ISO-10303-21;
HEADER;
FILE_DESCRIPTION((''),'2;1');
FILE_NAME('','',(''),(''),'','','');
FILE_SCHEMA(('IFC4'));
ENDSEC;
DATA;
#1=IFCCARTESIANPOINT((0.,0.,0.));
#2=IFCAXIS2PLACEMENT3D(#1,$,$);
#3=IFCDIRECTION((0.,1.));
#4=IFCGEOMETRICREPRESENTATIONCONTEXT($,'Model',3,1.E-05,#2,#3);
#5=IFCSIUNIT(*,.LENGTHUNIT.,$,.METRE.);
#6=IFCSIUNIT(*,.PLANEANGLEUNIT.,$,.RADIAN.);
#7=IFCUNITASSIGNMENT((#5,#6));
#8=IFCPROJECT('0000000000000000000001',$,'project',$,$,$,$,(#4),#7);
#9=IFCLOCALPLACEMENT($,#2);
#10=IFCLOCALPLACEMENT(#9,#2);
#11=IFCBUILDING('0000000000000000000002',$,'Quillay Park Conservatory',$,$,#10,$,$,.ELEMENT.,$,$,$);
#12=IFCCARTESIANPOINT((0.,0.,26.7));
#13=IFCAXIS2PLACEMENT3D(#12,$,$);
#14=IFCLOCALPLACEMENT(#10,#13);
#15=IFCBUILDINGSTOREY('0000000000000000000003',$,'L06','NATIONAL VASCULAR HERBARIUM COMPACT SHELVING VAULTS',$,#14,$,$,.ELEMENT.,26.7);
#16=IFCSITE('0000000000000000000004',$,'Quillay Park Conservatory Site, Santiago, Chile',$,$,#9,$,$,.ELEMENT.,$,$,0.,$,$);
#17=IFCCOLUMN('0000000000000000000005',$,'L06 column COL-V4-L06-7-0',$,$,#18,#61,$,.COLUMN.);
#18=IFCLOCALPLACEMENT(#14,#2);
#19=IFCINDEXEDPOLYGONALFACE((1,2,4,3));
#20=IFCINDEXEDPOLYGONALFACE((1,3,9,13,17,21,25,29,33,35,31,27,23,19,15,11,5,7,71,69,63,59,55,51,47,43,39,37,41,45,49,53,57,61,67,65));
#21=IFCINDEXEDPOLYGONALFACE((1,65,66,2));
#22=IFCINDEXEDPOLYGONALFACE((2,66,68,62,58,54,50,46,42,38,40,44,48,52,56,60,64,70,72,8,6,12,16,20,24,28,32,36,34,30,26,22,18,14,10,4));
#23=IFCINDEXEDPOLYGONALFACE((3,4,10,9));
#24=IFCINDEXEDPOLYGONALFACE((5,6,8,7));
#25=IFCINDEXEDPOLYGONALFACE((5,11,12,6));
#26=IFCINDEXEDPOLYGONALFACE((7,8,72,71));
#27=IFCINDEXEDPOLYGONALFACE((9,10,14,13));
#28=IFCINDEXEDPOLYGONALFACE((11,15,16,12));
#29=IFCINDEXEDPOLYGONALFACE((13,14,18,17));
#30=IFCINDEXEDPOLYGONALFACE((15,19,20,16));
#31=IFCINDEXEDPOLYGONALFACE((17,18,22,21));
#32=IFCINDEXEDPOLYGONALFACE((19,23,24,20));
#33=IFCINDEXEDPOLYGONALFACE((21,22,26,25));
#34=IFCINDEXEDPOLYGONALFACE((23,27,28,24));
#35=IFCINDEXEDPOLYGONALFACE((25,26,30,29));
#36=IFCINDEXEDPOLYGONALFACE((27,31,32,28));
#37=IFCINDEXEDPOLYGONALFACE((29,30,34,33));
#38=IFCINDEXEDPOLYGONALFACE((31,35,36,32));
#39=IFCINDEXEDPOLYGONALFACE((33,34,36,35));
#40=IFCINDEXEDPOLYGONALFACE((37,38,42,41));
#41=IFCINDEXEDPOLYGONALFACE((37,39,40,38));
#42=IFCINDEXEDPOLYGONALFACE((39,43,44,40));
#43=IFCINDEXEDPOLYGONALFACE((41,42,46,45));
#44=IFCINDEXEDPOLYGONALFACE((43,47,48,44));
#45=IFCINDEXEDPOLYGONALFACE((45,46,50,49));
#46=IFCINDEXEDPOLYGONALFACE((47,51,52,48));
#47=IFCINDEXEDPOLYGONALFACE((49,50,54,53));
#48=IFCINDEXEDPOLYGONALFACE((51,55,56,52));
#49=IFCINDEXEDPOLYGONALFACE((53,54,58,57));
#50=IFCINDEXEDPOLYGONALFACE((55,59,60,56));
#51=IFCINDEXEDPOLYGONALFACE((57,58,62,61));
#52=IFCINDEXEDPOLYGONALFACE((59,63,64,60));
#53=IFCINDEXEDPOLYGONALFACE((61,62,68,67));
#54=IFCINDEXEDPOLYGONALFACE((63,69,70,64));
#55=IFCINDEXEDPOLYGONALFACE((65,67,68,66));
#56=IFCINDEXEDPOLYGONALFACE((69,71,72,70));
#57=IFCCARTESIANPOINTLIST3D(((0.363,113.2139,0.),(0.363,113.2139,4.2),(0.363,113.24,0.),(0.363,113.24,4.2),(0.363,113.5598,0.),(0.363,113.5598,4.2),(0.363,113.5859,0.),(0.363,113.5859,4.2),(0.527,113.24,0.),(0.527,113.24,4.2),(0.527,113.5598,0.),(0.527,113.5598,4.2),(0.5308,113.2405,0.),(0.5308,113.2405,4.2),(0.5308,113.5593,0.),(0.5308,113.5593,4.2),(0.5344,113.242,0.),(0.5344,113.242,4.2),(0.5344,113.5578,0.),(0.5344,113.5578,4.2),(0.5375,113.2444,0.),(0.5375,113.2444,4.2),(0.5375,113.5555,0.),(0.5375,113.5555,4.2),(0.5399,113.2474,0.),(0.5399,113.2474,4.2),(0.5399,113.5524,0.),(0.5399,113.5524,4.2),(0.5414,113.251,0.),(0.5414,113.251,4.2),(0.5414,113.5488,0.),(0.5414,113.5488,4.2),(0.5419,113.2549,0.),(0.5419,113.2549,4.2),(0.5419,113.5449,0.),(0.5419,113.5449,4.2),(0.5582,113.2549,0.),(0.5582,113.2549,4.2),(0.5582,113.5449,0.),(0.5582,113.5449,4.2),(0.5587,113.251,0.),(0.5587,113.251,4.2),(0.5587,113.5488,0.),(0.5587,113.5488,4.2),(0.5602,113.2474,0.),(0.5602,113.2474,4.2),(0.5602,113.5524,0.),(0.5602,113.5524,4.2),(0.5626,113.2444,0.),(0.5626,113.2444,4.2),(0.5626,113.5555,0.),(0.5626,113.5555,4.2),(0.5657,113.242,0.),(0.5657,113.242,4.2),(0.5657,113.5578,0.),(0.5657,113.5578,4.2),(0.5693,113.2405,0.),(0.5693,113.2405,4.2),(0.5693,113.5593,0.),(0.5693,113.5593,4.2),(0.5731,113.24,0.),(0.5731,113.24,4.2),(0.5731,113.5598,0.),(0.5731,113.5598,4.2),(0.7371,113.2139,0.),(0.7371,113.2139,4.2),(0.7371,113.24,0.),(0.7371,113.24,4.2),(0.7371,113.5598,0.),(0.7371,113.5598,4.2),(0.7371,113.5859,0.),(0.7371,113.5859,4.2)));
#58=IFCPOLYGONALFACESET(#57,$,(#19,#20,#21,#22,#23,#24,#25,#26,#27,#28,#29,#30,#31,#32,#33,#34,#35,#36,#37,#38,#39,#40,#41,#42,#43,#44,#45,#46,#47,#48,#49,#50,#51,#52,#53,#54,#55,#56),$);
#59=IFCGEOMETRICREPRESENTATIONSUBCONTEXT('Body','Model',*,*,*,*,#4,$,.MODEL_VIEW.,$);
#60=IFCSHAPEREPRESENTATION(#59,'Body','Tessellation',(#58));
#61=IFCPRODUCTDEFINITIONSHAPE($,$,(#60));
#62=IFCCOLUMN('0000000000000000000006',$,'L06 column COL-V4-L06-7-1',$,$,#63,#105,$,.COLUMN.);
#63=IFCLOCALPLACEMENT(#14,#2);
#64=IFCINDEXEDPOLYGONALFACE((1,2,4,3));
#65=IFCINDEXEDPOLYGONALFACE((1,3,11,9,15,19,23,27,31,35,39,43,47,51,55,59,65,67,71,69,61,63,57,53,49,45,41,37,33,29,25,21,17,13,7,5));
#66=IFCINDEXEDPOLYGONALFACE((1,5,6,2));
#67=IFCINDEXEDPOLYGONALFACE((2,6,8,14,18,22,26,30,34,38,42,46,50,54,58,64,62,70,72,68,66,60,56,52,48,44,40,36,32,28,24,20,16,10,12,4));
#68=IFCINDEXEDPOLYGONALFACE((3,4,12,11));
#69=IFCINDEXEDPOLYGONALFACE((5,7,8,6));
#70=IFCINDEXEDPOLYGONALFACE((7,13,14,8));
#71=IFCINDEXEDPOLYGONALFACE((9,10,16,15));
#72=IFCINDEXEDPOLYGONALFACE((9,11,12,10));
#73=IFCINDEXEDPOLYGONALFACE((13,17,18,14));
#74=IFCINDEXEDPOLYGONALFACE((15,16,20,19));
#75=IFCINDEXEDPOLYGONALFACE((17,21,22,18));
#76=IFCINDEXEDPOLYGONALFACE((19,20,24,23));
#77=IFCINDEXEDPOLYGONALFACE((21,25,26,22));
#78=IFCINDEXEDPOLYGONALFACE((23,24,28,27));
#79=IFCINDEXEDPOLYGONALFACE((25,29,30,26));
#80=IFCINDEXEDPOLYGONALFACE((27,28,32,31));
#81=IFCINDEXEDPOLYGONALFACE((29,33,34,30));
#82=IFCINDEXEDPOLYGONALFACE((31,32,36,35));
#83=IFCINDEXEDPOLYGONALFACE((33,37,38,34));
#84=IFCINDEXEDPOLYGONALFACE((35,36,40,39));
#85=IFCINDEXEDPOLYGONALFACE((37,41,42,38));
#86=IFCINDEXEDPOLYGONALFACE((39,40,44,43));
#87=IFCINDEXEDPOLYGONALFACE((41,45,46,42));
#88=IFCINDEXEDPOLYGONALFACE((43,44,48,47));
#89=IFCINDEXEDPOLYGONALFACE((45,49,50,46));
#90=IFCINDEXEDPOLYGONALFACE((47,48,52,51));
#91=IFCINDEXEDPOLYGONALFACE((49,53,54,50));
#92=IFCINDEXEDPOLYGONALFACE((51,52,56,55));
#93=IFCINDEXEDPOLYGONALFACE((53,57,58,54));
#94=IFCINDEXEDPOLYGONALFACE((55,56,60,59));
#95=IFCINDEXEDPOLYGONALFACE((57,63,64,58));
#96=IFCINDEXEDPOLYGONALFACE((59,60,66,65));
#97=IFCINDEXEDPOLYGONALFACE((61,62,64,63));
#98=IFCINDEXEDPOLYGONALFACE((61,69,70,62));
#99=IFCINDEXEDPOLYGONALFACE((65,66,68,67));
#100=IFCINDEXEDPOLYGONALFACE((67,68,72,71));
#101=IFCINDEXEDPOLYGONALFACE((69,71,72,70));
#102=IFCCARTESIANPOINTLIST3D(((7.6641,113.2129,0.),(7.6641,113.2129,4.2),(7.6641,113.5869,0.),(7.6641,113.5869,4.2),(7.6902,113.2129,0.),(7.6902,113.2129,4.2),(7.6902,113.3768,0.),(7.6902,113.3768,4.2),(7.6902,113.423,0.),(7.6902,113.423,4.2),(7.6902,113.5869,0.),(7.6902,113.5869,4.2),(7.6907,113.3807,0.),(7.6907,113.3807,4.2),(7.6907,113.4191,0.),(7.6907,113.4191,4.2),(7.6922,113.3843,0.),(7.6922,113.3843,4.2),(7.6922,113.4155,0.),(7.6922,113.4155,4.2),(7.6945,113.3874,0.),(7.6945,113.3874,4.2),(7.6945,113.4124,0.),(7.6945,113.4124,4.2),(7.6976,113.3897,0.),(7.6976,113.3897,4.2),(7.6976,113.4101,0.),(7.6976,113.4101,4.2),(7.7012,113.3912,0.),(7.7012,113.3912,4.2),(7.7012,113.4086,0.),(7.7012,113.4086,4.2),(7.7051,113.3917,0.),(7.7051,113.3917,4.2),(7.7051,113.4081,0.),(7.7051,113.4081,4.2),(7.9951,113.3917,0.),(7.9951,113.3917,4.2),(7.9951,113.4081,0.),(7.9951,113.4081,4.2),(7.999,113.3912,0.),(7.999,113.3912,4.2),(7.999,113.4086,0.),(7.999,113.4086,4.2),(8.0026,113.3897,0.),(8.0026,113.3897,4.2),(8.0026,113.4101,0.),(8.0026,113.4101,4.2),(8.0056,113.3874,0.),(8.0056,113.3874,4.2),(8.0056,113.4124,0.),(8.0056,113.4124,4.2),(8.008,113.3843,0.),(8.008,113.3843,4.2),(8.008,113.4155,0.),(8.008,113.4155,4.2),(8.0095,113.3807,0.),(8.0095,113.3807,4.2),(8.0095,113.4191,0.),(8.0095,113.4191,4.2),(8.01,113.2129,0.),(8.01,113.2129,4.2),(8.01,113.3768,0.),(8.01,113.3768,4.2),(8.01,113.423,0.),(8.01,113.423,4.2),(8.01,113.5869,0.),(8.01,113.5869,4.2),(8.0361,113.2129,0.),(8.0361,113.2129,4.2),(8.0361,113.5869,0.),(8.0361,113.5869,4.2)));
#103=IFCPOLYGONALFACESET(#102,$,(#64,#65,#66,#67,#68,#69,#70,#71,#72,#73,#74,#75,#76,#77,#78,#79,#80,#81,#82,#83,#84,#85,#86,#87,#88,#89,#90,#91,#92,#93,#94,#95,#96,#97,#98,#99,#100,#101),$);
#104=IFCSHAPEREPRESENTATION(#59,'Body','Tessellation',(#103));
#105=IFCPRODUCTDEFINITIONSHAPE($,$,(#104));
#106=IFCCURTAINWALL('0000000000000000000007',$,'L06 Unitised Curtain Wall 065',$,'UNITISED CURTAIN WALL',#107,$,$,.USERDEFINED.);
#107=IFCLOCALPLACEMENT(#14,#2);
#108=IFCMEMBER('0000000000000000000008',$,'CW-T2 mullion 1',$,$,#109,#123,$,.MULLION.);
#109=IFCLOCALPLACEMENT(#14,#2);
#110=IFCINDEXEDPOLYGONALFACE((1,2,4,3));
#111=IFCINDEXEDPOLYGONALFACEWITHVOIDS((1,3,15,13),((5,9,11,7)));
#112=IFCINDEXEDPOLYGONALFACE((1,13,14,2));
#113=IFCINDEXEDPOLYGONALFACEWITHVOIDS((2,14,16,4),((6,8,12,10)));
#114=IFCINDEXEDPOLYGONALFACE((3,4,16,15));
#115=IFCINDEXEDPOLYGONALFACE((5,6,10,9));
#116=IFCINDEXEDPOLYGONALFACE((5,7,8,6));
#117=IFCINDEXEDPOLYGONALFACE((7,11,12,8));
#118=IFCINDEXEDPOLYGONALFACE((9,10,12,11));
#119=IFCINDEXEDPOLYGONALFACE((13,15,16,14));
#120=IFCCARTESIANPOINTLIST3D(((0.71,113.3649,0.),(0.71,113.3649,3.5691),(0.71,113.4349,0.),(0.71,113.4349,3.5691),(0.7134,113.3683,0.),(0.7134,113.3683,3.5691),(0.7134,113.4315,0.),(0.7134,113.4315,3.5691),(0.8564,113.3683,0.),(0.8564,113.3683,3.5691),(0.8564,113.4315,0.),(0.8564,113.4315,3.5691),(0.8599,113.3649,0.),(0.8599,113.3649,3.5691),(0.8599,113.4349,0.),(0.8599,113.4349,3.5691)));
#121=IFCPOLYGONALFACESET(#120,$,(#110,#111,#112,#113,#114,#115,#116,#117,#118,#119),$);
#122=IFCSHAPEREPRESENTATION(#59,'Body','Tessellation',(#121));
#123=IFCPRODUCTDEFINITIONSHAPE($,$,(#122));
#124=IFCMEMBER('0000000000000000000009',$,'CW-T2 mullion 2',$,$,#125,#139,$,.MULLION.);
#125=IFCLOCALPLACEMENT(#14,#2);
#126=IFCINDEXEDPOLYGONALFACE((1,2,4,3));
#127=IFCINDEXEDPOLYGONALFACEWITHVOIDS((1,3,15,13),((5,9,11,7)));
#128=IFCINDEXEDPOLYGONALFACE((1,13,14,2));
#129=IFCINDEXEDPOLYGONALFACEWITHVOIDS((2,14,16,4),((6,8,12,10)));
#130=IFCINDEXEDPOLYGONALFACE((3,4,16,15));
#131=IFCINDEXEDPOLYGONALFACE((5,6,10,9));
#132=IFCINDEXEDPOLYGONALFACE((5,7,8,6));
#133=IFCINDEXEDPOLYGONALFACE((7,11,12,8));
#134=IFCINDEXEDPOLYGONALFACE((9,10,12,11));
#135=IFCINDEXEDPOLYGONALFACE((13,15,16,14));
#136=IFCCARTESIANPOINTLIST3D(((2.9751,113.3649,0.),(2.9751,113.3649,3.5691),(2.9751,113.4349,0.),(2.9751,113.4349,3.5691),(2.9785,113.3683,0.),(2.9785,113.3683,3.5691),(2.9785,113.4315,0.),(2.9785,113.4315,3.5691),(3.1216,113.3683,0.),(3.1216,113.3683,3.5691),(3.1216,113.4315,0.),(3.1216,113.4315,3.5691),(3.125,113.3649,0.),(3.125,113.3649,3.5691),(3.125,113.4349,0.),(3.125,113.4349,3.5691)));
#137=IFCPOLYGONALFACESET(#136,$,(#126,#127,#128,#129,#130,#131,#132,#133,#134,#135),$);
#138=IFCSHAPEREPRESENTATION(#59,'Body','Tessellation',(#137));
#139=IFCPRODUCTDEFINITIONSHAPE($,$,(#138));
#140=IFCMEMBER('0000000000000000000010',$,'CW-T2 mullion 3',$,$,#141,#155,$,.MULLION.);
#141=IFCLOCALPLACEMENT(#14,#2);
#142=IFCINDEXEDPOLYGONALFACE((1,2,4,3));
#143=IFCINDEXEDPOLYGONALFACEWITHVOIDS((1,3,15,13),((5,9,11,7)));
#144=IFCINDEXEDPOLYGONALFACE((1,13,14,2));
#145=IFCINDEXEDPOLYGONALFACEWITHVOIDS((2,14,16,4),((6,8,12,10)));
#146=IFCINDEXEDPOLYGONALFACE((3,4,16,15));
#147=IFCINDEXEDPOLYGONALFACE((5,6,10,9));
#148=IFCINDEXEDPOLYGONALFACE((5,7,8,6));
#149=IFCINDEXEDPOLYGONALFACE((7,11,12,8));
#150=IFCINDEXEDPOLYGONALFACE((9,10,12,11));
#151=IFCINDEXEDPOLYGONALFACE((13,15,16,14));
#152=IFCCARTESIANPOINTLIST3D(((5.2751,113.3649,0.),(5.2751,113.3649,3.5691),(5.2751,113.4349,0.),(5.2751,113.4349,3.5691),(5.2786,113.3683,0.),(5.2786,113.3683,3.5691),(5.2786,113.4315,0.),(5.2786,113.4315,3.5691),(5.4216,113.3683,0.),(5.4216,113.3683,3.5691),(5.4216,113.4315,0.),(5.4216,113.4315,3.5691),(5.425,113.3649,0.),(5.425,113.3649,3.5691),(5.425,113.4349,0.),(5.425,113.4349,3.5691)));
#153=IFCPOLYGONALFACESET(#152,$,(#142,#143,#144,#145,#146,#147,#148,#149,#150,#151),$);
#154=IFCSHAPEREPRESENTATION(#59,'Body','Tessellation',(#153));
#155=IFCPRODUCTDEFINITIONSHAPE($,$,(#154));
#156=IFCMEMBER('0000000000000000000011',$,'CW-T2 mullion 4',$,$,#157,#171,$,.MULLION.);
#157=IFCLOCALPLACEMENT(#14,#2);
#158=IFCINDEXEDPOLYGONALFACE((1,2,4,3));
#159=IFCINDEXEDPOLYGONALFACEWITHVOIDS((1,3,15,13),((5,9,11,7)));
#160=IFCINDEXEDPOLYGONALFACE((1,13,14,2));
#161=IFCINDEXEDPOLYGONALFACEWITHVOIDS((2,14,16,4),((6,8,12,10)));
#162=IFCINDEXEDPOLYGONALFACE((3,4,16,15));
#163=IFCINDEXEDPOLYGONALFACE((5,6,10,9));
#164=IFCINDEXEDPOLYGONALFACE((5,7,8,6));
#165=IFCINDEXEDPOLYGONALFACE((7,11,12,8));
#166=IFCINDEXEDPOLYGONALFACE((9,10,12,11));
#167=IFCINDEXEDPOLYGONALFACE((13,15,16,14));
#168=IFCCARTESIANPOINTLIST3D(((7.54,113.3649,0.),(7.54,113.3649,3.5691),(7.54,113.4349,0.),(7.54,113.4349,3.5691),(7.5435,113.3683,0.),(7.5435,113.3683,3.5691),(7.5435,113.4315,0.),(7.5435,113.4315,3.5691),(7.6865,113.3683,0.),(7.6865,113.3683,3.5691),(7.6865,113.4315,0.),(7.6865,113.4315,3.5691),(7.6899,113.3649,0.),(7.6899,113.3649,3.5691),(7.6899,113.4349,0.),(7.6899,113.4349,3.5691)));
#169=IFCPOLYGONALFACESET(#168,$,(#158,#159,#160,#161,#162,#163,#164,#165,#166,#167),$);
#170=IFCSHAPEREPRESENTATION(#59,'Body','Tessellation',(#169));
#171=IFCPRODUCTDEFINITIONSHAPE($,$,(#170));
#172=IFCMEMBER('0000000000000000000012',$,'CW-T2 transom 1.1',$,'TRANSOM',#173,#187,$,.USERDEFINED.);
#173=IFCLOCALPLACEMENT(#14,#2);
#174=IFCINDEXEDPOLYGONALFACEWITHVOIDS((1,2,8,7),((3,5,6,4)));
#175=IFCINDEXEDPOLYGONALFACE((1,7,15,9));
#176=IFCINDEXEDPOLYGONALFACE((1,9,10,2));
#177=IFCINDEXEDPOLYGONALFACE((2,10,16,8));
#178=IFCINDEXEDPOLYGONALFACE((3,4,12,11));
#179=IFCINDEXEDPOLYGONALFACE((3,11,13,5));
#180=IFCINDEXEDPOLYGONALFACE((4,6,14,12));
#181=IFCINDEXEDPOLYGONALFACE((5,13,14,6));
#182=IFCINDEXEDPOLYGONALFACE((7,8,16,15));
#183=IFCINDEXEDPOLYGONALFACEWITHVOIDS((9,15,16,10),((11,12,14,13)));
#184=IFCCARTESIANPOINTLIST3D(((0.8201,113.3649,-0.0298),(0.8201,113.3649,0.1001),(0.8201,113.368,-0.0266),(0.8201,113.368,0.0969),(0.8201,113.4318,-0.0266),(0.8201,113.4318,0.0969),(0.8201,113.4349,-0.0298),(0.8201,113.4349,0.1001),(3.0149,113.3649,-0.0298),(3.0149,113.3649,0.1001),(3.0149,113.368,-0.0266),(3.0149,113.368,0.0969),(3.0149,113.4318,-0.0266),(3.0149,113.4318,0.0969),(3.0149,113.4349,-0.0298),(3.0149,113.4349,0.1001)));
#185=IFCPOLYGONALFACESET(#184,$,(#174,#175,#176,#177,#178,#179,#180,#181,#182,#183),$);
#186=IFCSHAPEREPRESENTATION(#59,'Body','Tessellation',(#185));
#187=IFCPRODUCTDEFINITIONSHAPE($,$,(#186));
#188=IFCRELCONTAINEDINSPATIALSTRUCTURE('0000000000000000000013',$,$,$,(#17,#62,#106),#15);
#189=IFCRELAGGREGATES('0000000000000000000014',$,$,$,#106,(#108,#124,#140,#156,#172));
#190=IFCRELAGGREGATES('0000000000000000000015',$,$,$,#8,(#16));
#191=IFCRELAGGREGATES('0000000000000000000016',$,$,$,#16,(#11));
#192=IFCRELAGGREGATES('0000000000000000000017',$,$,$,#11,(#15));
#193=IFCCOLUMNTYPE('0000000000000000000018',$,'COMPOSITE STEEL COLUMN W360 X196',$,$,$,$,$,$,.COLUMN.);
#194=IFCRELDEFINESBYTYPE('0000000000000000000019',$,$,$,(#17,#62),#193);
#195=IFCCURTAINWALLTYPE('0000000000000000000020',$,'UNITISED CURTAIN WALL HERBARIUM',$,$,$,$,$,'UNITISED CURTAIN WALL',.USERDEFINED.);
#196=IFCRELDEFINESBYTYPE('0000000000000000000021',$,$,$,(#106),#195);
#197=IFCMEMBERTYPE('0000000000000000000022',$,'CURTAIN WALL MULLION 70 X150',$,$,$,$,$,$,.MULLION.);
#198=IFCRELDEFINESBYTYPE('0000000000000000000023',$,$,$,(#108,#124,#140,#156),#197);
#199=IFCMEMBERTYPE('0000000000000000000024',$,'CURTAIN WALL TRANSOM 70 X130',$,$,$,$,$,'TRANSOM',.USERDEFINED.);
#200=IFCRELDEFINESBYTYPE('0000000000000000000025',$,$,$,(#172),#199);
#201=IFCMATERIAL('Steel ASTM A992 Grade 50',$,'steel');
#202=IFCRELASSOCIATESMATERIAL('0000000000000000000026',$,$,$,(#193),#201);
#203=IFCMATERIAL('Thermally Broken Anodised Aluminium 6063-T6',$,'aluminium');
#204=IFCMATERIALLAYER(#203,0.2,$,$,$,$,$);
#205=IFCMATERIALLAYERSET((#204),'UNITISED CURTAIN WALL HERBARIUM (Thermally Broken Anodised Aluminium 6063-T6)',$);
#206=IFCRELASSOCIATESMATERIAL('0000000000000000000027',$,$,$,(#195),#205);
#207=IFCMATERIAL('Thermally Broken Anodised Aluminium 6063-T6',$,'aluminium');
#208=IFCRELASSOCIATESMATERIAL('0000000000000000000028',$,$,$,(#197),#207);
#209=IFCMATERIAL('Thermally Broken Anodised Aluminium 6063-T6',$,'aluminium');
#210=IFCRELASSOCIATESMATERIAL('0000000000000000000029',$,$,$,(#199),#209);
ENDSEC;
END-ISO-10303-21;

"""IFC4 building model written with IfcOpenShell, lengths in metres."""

from ifc_helpers import new_model, si_unit, direction, frame, origin, origin_2d, place, context, subcontext, project, spatial, hollow_rectangle, i_section, extrude, material, layer, layer_set, material_profile, profile_set, type_object, element, aggregate, save


model = new_model("IFC4")

# Units and contexts
model_context = context("Model", 3, precision=1e-05, world=origin(), true_north=direction((0.0, 1.0)))
body_context = subcontext(model_context, "Body", "Model", "MODEL_VIEW")
ifc_project = project(units=[si_unit("LENGTHUNIT", "METRE"), si_unit("PLANEANGLEUNIT", "RADIAN")], contexts=[model_context])

# Site, building, storey
site_placement = place(None, origin())
site = spatial("IfcSite", under=ifc_project, at=site_placement, Name="Quillay Park Conservatory Site, Santiago, Chile", CompositionType="ELEMENT", RefElevation=0.0)
building_placement = place(site_placement, origin())
building = spatial("IfcBuilding", under=site, at=building_placement, Name="Quillay Park Conservatory", CompositionType="ELEMENT")
storey_placement = place(building_placement, frame((0.0, 0.0, 26.7)))
storey = spatial("IfcBuildingStorey", under=building, at=storey_placement, Name="L06", Description="NATIONAL VASCULAR HERBARIUM COMPACT SHELVING VAULTS", CompositionType="ELEMENT", Elevation=26.7)

# Columns
ifc_material_1 = material(Name="Steel ASTM A992 Grade 50", Category="steel")
ifc_material_profile_1 = material_profile(ifc_material_1, i_section(OverallWidth=0.374, OverallDepth=0.3721, WebThickness=0.0164, FlangeThickness=0.0261, FilletRadius=0.0149, at=origin_2d()), Name="W360x196")
ifc_profile_set_1 = profile_set([ifc_material_profile_1], Name="Steel ASTM A992 Grade 50")
column_type = type_object("IfcColumnType", Name="COMPOSITE STEEL COLUMN W360 X196", PredefinedType="COLUMN", material=ifc_profile_set_1)
for number, where, z_axis, x_axis, name in (
    (1, (0.55, 113.3999, 0.0), (0.0, 0.0, 1.0), (1.0, 0.0, 0.0), "L06 column COL-V4-L06-7-0"),
    (2, (7.8501, 113.3999, 0.0), (0.0, 0.0, 1.0), (0.0, 1.0, 0.0), "L06 column COL-V4-L06-7-1"),
):
    element("IfcColumn", number, at=place(storey_placement, frame(where, z_axis=z_axis, x_axis=x_axis)), inside=storey, type_object=column_type, Name=name, PredefinedType="COLUMN", context=body_context, shape_type="SweptSolid", body=[
        extrude(i_section(OverallWidth=0.374, OverallDepth=0.3721, WebThickness=0.0164, FlangeThickness=0.0261, FilletRadius=0.0149, at=origin_2d()), origin(), (0.0, 0.0, 1.0), 4.2),
    ])

# Curtain wall, members
ifc_material_2 = material(Name="Thermally Broken Anodised Aluminium 6063-T6", Category="aluminium")
ifc_layer_1 = layer(ifc_material_2, 0.2)
ifc_layer_set_1 = layer_set([ifc_layer_1], Name="UNITISED CURTAIN WALL HERBARIUM (Thermally Broken Anodised Aluminium 6063-T6)")
curtain_wall_type = type_object("IfcCurtainWallType", Name="UNITISED CURTAIN WALL HERBARIUM", ElementType="UNITISED CURTAIN WALL", PredefinedType="USERDEFINED", material=ifc_layer_set_1)
curtain_wall_placement = place(storey_placement, origin())
curtain_wall = element("IfcCurtainWall", 3, at=curtain_wall_placement, inside=storey, type_object=curtain_wall_type, Name="L06 Unitised Curtain Wall 065", ObjectType="UNITISED CURTAIN WALL", PredefinedType="USERDEFINED")
ifc_material_3 = material(Name="Thermally Broken Anodised Aluminium 6063-T6", Category="aluminium")
ifc_material_profile_2 = material_profile(ifc_material_3, hollow_rectangle(XDim=0.0701, YDim=0.1499, WallThickness=0.0034, at=origin_2d()), Name="AL70x150x3.5")
ifc_profile_set_2 = profile_set([ifc_material_profile_2], Name="Thermally Broken Anodised Aluminium 6063-T6")
member_type_1 = type_object("IfcMemberType", Name="CURTAIN WALL MULLION 70 X150", PredefinedType="MULLION", material=ifc_profile_set_2)
member_1_placement = place(storey_placement, frame((0.7849, 113.3999, 0.0), z_axis=(0.0, 0.0, 1.0), x_axis=(0.0, 1.0, 0.0)))
member_1 = element("IfcMember", 4, at=member_1_placement, type_object=member_type_1, Name="CW-T2 mullion 1", PredefinedType="MULLION", context=body_context, shape_type="SweptSolid", body=[
    extrude(hollow_rectangle(XDim=0.0701, YDim=0.1499, WallThickness=0.0034, at=origin_2d()), origin(), (0.0, 0.0, 1.0), 3.5691),
])
member_2_placement = place(storey_placement, frame((3.05, 113.3999, 0.0), z_axis=(0.0, 0.0, 1.0), x_axis=(0.0, 1.0, 0.0)))
member_2 = element("IfcMember", 5, at=member_2_placement, type_object=member_type_1, Name="CW-T2 mullion 2", PredefinedType="MULLION", context=body_context, shape_type="SweptSolid", body=[
    extrude(hollow_rectangle(XDim=0.0701, YDim=0.1499, WallThickness=0.0034, at=origin_2d()), origin(), (0.0, 0.0, 1.0), 3.5691),
])
member_3_placement = place(storey_placement, frame((5.3501, 113.3999, 0.0), z_axis=(0.0, 0.0, 1.0), x_axis=(0.0, 1.0, 0.0)))
member_3 = element("IfcMember", 6, at=member_3_placement, type_object=member_type_1, Name="CW-T2 mullion 3", PredefinedType="MULLION", context=body_context, shape_type="SweptSolid", body=[
    extrude(hollow_rectangle(XDim=0.0701, YDim=0.1499, WallThickness=0.0034, at=origin_2d()), origin(), (0.0, 0.0, 1.0), 3.5691),
])
member_4_placement = place(storey_placement, frame((7.615, 113.3999, 0.0), z_axis=(0.0, 0.0, 1.0), x_axis=(0.0, 1.0, 0.0)))
member_4 = element("IfcMember", 7, at=member_4_placement, type_object=member_type_1, Name="CW-T2 mullion 4", PredefinedType="MULLION", context=body_context, shape_type="SweptSolid", body=[
    extrude(hollow_rectangle(XDim=0.0701, YDim=0.1499, WallThickness=0.0034, at=origin_2d()), origin(), (0.0, 0.0, 1.0), 3.5691),
])
ifc_material_4 = material(Name="Thermally Broken Anodised Aluminium 6063-T6", Category="aluminium")
ifc_material_profile_3 = material_profile(ifc_material_4, hollow_rectangle(XDim=0.0701, YDim=0.1299, WallThickness=0.0032, at=origin_2d()), Name="AL70x130x3.2")
ifc_profile_set_3 = profile_set([ifc_material_profile_3], Name="Thermally Broken Anodised Aluminium 6063-T6")
member_type_2 = type_object("IfcMemberType", Name="CURTAIN WALL TRANSOM 70 X130", ElementType="TRANSOM", PredefinedType="USERDEFINED", material=ifc_profile_set_3)
member_5_placement = place(storey_placement, frame((0.8201, 113.3999, 0.0352), z_axis=(1.0, 0.0, 0.0), x_axis=(0.0, 1.0, 0.0)))
member_5 = element("IfcMember", 8, at=member_5_placement, type_object=member_type_2, Name="CW-T2 transom 1.1", ObjectType="TRANSOM", PredefinedType="USERDEFINED", context=body_context, shape_type="SweptSolid", body=[
    extrude(hollow_rectangle(XDim=0.0701, YDim=0.1299, WallThickness=0.0032, at=origin_2d()), origin(), (0.0, 0.0, 1.0), 2.1948),
])

aggregate(curtain_wall, [member_1, member_2, member_3, member_4, member_5])

save(model, "model.ifc")
